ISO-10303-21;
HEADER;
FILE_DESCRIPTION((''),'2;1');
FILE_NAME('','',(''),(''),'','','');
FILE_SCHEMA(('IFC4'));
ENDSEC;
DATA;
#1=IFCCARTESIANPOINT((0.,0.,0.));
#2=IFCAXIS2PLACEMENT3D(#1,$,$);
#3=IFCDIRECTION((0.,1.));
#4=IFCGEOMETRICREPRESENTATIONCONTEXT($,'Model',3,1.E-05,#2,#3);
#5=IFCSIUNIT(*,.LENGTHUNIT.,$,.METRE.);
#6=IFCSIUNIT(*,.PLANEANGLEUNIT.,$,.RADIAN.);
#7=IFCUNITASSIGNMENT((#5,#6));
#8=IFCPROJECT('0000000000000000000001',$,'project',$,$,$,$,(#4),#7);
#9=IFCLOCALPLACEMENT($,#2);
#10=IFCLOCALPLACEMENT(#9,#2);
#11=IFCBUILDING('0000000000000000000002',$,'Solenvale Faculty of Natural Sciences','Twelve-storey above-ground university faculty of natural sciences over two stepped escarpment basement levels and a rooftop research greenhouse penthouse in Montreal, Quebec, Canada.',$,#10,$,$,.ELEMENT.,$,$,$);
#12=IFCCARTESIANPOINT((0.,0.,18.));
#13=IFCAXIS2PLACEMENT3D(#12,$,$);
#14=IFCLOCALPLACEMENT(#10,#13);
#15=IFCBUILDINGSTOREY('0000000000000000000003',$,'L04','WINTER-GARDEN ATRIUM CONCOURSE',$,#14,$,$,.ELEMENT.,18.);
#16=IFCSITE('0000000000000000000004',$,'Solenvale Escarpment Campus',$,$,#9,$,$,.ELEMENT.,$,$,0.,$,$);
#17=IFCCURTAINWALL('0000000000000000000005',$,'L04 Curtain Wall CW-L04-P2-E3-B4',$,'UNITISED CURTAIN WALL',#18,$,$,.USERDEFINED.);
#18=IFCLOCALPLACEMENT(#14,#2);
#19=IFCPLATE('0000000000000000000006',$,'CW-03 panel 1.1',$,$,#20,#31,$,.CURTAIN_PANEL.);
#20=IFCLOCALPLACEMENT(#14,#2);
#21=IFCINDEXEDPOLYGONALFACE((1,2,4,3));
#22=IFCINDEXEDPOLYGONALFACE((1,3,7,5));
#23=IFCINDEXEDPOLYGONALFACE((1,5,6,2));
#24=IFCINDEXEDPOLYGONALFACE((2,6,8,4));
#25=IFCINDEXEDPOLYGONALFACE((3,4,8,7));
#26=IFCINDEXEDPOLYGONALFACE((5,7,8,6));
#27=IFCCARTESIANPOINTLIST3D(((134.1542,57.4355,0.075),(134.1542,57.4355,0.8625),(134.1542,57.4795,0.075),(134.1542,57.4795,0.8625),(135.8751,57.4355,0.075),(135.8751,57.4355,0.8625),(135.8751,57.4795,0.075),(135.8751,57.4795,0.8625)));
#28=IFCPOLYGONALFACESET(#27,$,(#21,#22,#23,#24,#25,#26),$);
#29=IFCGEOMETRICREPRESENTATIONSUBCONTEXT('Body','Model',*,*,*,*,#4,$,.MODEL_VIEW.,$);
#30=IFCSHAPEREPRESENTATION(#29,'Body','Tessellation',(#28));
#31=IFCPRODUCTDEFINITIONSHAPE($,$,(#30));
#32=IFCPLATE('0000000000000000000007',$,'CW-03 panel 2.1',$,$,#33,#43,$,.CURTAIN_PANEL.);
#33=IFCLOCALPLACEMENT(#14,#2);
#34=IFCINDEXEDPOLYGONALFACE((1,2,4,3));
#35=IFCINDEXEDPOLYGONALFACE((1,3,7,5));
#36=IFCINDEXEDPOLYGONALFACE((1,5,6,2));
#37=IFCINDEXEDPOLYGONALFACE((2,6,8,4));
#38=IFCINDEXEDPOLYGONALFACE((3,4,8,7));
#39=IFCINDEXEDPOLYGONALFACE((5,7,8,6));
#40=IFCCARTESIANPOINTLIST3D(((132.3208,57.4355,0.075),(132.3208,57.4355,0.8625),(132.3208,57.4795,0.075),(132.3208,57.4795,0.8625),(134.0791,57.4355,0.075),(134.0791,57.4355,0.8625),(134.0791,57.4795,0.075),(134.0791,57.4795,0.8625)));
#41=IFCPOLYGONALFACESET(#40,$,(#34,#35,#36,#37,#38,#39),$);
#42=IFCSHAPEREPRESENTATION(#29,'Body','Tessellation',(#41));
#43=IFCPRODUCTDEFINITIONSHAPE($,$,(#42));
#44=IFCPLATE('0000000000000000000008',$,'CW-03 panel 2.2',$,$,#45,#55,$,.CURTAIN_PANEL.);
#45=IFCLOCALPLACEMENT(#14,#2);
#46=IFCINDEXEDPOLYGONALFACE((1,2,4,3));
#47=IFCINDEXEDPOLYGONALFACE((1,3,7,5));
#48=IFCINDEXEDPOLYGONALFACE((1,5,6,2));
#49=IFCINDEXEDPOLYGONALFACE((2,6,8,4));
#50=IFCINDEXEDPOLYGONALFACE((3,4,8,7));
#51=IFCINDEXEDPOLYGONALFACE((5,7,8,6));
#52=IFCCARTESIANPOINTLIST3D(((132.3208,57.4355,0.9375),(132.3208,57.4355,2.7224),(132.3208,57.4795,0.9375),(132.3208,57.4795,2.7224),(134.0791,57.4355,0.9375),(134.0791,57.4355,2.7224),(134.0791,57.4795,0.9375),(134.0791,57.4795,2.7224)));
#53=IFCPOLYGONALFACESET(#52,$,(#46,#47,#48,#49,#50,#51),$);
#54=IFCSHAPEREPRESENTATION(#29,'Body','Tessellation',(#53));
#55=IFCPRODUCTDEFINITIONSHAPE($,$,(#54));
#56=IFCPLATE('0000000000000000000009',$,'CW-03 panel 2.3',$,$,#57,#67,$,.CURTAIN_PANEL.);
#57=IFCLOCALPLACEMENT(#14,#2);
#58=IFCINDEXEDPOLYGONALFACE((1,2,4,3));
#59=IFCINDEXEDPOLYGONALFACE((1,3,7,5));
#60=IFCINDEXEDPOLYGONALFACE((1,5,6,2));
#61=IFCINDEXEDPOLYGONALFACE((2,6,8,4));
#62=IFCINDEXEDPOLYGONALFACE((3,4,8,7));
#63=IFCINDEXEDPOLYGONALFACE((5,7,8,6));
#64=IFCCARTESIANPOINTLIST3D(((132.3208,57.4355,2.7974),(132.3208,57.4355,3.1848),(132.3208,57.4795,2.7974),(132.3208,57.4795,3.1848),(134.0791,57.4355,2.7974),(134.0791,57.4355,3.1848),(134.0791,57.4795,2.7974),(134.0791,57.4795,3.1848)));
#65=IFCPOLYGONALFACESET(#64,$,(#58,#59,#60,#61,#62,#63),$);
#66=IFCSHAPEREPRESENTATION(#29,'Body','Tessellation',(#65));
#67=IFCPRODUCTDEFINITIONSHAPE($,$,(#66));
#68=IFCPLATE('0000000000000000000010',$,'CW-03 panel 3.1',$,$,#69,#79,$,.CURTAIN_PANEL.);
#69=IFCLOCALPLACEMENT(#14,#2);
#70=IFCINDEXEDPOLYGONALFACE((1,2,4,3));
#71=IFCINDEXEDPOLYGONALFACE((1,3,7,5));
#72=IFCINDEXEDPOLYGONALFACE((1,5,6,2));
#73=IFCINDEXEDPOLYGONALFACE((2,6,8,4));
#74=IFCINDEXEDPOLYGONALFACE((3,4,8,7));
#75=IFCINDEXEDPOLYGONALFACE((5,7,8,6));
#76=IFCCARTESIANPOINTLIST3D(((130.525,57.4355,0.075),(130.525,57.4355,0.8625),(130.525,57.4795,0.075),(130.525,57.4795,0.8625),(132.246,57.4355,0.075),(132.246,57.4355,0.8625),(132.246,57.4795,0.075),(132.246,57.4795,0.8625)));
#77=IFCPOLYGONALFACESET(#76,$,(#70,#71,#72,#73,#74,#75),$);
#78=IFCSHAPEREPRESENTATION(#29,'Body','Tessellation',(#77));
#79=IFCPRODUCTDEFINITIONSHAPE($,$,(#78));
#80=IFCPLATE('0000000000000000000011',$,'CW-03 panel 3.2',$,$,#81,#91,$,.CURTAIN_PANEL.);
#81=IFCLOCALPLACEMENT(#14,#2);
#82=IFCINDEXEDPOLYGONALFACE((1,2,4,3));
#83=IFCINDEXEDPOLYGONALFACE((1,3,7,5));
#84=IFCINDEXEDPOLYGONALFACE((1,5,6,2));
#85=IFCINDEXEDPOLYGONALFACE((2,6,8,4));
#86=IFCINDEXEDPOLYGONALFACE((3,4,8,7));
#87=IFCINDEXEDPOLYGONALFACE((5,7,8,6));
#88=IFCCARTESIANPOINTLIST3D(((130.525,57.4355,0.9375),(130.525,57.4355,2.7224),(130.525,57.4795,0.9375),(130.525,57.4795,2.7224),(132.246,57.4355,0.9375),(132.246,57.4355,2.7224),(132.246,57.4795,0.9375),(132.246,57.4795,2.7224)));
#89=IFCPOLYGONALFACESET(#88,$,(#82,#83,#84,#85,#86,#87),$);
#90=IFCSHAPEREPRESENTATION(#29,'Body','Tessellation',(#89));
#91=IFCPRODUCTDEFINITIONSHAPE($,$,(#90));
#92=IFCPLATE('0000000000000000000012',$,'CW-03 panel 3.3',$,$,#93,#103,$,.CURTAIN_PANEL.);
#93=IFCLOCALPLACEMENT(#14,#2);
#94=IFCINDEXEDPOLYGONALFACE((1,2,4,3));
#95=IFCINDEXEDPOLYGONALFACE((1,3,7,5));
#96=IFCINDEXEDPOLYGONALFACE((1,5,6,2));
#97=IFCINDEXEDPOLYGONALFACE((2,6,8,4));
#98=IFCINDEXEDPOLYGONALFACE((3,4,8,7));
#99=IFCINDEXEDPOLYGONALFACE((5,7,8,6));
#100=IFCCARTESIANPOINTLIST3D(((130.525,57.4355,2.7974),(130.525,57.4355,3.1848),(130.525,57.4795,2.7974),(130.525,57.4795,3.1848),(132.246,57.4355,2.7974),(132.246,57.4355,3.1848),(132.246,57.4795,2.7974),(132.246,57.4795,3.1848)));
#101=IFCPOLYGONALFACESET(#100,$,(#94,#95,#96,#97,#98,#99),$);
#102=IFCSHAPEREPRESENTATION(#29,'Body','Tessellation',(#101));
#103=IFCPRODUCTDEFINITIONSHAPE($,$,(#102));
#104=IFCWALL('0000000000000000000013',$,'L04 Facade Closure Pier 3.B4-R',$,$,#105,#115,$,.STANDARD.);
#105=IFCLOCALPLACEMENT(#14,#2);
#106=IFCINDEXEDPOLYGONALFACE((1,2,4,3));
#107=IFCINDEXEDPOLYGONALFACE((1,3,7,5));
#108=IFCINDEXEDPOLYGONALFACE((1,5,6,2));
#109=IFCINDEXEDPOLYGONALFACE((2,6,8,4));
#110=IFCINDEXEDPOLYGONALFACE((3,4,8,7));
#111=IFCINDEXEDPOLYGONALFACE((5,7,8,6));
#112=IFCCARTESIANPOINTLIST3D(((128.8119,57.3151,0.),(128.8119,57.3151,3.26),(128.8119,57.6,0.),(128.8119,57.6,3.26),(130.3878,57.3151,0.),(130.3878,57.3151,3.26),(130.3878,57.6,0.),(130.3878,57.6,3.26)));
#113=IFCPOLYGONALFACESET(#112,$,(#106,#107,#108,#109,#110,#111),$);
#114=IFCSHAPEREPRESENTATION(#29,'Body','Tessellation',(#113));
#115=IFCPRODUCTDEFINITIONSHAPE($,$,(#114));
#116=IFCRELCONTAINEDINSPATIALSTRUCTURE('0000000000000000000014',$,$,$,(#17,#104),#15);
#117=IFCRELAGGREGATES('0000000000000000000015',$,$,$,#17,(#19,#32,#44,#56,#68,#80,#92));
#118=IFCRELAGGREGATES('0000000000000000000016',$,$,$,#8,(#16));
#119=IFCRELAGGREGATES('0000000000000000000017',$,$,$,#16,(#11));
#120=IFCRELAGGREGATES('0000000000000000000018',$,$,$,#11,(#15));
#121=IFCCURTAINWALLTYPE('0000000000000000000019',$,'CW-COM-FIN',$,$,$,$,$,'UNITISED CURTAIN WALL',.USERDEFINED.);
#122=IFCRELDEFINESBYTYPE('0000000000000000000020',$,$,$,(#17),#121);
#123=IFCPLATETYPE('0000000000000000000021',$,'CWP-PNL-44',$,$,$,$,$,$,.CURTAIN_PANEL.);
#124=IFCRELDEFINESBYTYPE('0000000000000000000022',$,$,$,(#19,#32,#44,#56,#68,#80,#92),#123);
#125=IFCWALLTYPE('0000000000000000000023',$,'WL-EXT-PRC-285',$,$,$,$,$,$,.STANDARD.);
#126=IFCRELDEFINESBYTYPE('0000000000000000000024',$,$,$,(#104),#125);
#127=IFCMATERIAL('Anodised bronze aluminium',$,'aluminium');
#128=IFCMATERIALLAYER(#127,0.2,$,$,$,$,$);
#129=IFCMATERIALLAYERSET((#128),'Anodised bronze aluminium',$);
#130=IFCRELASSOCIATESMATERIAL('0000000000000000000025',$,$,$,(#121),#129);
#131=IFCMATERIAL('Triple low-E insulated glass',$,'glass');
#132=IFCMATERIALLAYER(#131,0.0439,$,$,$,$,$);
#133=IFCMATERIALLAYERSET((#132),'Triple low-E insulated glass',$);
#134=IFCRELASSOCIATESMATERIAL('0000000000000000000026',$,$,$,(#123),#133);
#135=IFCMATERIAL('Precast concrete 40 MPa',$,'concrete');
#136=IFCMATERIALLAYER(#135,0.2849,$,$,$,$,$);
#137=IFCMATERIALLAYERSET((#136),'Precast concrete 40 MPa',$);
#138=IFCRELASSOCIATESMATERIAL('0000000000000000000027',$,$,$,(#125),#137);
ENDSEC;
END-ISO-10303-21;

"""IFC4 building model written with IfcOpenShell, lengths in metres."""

from ifc_helpers import new_model, si_unit, direction, frame, frame_2d, origin, origin_2d, place, context, subcontext, project, spatial, rectangle, extrude, material, layer, layer_set, type_object, element, aggregate, save


model = new_model("IFC4")

# Units and contexts
model_context = context("Model", 3, precision=1e-05, world=origin(), true_north=direction((0.0, 1.0)))
body_context = subcontext(model_context, "Body", "Model", "MODEL_VIEW")
ifc_project = project(units=[si_unit("LENGTHUNIT", "METRE"), si_unit("PLANEANGLEUNIT", "RADIAN")], contexts=[model_context])

# Site, building, storey
site_placement = place(None, origin())
site = spatial("IfcSite", under=ifc_project, at=site_placement, Name="Solenvale Escarpment Campus", CompositionType="ELEMENT", RefElevation=0.0)
building_placement = place(site_placement, origin())
building = spatial("IfcBuilding", under=site, at=building_placement, Name="Solenvale Faculty of Natural Sciences", Description="Twelve-storey above-ground university faculty of natural sciences over two stepped escarpment basement levels and a rooftop research greenhouse penthouse in Montreal, Quebec, Canada.", CompositionType="ELEMENT")
storey_placement = place(building_placement, frame((0.0, 0.0, 18.0)))
storey = spatial("IfcBuildingStorey", under=building, at=storey_placement, Name="L04", Description="WINTER-GARDEN ATRIUM CONCOURSE", CompositionType="ELEMENT", Elevation=18.0)

# Curtain wall
ifc_material_1 = material(Name="Anodised bronze aluminium", Category="aluminium")
ifc_layer_1 = layer(ifc_material_1, 0.2)
ifc_layer_set_1 = layer_set([ifc_layer_1], Name="Anodised bronze aluminium")
curtain_wall_type = type_object("IfcCurtainWallType", Name="CW-COM-FIN", ElementType="UNITISED CURTAIN WALL", PredefinedType="USERDEFINED", material=ifc_layer_set_1)
curtain_wall_1_placement = place(storey_placement, origin())
curtain_wall_1 = element("IfcCurtainWall", 1, at=curtain_wall_1_placement, inside=storey, type_object=curtain_wall_type, Name="L04 Curtain Wall CW-L04-P2-E3-B4", ObjectType="UNITISED CURTAIN WALL", PredefinedType="USERDEFINED")

# Plates
ifc_material_2 = material(Name="Triple low-E insulated glass", Category="glass")
ifc_layer_2 = layer(ifc_material_2, 0.0439)
ifc_layer_set_2 = layer_set([ifc_layer_2], Name="Triple low-E insulated glass")
plate_type = type_object("IfcPlateType", Name="CWP-PNL-44", PredefinedType="CURTAIN_PANEL", material=ifc_layer_set_2)
plate_1_placement = place(storey_placement, frame((135.0146, 57.4575, 0.075), z_axis=(0.0, 0.0, 1.0), x_axis=(-1.0, 0.0, 0.0)))
plate_1 = element("IfcPlate", 2, at=plate_1_placement, type_object=plate_type, Name="CW-03 panel 1.1", PredefinedType="CURTAIN_PANEL", context=body_context, shape_type="SweptSolid", body=[
    extrude(rectangle(XDim=1.7209, YDim=0.0439, at=origin_2d()), origin(), (0.0, 0.0, 1.0), 0.7876),
])
plate_2_placement = place(storey_placement, frame((133.2, 57.4575, 0.075), z_axis=(0.0, 0.0, 1.0), x_axis=(-1.0, 0.0, 0.0)))
plate_2 = element("IfcPlate", 3, at=plate_2_placement, type_object=plate_type, Name="CW-03 panel 2.1", PredefinedType="CURTAIN_PANEL", context=body_context, shape_type="SweptSolid", body=[
    extrude(rectangle(XDim=1.7583, YDim=0.0439, at=origin_2d()), origin(), (0.0, 0.0, 1.0), 0.7876),
])
plate_3_placement = place(storey_placement, frame((133.2, 57.4575, 0.9375), z_axis=(0.0, 0.0, 1.0), x_axis=(-1.0, 0.0, 0.0)))
plate_3 = element("IfcPlate", 4, at=plate_3_placement, type_object=plate_type, Name="CW-03 panel 2.2", PredefinedType="CURTAIN_PANEL", context=body_context, shape_type="SweptSolid", body=[
    extrude(rectangle(XDim=1.7583, YDim=0.0439, at=origin_2d()), origin(), (0.0, 0.0, 1.0), 1.7849),
])
plate_4_placement = place(storey_placement, frame((133.2, 57.4575, 2.7974), z_axis=(0.0, 0.0, 1.0), x_axis=(-1.0, 0.0, 0.0)))
plate_4 = element("IfcPlate", 5, at=plate_4_placement, type_object=plate_type, Name="CW-03 panel 2.3", PredefinedType="CURTAIN_PANEL", context=body_context, shape_type="SweptSolid", body=[
    extrude(rectangle(XDim=1.7583, YDim=0.0439, at=origin_2d()), origin(), (0.0, 0.0, 1.0), 0.3875),
])
plate_5_placement = place(storey_placement, frame((131.3855, 57.4575, 0.075), z_axis=(0.0, 0.0, 1.0), x_axis=(-1.0, 0.0, 0.0)))
plate_5 = element("IfcPlate", 6, at=plate_5_placement, type_object=plate_type, Name="CW-03 panel 3.1", PredefinedType="CURTAIN_PANEL", context=body_context, shape_type="SweptSolid", body=[
    extrude(rectangle(XDim=1.7209, YDim=0.0439, at=origin_2d()), origin(), (0.0, 0.0, 1.0), 0.7876),
])
plate_6_placement = place(storey_placement, frame((131.3855, 57.4575, 0.9375), z_axis=(0.0, 0.0, 1.0), x_axis=(-1.0, 0.0, 0.0)))
plate_6 = element("IfcPlate", 7, at=plate_6_placement, type_object=plate_type, Name="CW-03 panel 3.2", PredefinedType="CURTAIN_PANEL", context=body_context, shape_type="SweptSolid", body=[
    extrude(rectangle(XDim=1.7209, YDim=0.0439, at=origin_2d()), origin(), (0.0, 0.0, 1.0), 1.7849),
])
plate_7_placement = place(storey_placement, frame((131.3855, 57.4575, 2.7974), z_axis=(0.0, 0.0, 1.0), x_axis=(-1.0, 0.0, 0.0)))
plate_7 = element("IfcPlate", 8, at=plate_7_placement, type_object=plate_type, Name="CW-03 panel 3.3", PredefinedType="CURTAIN_PANEL", context=body_context, shape_type="SweptSolid", body=[
    extrude(rectangle(XDim=1.7209, YDim=0.0439, at=origin_2d()), origin(), (0.0, 0.0, 1.0), 0.3875),
])
aggregate(curtain_wall_1, [plate_1, plate_2, plate_3, plate_4, plate_5, plate_6, plate_7])

# Wall
ifc_material_3 = material(Name="Precast concrete 40 MPa", Category="concrete")
ifc_layer_3 = layer(ifc_material_3, 0.2849)
ifc_layer_set_3 = layer_set([ifc_layer_3], Name="Precast concrete 40 MPa")
wall_type = type_object("IfcWallType", Name="WL-EXT-PRC-285", PredefinedType="STANDARD", material=ifc_layer_set_3)
wall_placement = place(storey_placement, frame((130.3879, 57.4575, 0.0), z_axis=(0.0, 0.0, 1.0), x_axis=(-1.0, 0.0, 0.0)))
element("IfcWall", 9, at=wall_placement, inside=storey, type_object=wall_type, Name="L04 Facade Closure Pier 3.B4-R", PredefinedType="STANDARD", context=body_context, shape_type="SweptSolid", body=[
    extrude(rectangle(XDim=1.5759, YDim=0.2849, at=frame_2d((0.7881, 0.0))), origin(), (0.0, 0.0, 1.0), 3.26),
])

save(model, "model.ifc")
